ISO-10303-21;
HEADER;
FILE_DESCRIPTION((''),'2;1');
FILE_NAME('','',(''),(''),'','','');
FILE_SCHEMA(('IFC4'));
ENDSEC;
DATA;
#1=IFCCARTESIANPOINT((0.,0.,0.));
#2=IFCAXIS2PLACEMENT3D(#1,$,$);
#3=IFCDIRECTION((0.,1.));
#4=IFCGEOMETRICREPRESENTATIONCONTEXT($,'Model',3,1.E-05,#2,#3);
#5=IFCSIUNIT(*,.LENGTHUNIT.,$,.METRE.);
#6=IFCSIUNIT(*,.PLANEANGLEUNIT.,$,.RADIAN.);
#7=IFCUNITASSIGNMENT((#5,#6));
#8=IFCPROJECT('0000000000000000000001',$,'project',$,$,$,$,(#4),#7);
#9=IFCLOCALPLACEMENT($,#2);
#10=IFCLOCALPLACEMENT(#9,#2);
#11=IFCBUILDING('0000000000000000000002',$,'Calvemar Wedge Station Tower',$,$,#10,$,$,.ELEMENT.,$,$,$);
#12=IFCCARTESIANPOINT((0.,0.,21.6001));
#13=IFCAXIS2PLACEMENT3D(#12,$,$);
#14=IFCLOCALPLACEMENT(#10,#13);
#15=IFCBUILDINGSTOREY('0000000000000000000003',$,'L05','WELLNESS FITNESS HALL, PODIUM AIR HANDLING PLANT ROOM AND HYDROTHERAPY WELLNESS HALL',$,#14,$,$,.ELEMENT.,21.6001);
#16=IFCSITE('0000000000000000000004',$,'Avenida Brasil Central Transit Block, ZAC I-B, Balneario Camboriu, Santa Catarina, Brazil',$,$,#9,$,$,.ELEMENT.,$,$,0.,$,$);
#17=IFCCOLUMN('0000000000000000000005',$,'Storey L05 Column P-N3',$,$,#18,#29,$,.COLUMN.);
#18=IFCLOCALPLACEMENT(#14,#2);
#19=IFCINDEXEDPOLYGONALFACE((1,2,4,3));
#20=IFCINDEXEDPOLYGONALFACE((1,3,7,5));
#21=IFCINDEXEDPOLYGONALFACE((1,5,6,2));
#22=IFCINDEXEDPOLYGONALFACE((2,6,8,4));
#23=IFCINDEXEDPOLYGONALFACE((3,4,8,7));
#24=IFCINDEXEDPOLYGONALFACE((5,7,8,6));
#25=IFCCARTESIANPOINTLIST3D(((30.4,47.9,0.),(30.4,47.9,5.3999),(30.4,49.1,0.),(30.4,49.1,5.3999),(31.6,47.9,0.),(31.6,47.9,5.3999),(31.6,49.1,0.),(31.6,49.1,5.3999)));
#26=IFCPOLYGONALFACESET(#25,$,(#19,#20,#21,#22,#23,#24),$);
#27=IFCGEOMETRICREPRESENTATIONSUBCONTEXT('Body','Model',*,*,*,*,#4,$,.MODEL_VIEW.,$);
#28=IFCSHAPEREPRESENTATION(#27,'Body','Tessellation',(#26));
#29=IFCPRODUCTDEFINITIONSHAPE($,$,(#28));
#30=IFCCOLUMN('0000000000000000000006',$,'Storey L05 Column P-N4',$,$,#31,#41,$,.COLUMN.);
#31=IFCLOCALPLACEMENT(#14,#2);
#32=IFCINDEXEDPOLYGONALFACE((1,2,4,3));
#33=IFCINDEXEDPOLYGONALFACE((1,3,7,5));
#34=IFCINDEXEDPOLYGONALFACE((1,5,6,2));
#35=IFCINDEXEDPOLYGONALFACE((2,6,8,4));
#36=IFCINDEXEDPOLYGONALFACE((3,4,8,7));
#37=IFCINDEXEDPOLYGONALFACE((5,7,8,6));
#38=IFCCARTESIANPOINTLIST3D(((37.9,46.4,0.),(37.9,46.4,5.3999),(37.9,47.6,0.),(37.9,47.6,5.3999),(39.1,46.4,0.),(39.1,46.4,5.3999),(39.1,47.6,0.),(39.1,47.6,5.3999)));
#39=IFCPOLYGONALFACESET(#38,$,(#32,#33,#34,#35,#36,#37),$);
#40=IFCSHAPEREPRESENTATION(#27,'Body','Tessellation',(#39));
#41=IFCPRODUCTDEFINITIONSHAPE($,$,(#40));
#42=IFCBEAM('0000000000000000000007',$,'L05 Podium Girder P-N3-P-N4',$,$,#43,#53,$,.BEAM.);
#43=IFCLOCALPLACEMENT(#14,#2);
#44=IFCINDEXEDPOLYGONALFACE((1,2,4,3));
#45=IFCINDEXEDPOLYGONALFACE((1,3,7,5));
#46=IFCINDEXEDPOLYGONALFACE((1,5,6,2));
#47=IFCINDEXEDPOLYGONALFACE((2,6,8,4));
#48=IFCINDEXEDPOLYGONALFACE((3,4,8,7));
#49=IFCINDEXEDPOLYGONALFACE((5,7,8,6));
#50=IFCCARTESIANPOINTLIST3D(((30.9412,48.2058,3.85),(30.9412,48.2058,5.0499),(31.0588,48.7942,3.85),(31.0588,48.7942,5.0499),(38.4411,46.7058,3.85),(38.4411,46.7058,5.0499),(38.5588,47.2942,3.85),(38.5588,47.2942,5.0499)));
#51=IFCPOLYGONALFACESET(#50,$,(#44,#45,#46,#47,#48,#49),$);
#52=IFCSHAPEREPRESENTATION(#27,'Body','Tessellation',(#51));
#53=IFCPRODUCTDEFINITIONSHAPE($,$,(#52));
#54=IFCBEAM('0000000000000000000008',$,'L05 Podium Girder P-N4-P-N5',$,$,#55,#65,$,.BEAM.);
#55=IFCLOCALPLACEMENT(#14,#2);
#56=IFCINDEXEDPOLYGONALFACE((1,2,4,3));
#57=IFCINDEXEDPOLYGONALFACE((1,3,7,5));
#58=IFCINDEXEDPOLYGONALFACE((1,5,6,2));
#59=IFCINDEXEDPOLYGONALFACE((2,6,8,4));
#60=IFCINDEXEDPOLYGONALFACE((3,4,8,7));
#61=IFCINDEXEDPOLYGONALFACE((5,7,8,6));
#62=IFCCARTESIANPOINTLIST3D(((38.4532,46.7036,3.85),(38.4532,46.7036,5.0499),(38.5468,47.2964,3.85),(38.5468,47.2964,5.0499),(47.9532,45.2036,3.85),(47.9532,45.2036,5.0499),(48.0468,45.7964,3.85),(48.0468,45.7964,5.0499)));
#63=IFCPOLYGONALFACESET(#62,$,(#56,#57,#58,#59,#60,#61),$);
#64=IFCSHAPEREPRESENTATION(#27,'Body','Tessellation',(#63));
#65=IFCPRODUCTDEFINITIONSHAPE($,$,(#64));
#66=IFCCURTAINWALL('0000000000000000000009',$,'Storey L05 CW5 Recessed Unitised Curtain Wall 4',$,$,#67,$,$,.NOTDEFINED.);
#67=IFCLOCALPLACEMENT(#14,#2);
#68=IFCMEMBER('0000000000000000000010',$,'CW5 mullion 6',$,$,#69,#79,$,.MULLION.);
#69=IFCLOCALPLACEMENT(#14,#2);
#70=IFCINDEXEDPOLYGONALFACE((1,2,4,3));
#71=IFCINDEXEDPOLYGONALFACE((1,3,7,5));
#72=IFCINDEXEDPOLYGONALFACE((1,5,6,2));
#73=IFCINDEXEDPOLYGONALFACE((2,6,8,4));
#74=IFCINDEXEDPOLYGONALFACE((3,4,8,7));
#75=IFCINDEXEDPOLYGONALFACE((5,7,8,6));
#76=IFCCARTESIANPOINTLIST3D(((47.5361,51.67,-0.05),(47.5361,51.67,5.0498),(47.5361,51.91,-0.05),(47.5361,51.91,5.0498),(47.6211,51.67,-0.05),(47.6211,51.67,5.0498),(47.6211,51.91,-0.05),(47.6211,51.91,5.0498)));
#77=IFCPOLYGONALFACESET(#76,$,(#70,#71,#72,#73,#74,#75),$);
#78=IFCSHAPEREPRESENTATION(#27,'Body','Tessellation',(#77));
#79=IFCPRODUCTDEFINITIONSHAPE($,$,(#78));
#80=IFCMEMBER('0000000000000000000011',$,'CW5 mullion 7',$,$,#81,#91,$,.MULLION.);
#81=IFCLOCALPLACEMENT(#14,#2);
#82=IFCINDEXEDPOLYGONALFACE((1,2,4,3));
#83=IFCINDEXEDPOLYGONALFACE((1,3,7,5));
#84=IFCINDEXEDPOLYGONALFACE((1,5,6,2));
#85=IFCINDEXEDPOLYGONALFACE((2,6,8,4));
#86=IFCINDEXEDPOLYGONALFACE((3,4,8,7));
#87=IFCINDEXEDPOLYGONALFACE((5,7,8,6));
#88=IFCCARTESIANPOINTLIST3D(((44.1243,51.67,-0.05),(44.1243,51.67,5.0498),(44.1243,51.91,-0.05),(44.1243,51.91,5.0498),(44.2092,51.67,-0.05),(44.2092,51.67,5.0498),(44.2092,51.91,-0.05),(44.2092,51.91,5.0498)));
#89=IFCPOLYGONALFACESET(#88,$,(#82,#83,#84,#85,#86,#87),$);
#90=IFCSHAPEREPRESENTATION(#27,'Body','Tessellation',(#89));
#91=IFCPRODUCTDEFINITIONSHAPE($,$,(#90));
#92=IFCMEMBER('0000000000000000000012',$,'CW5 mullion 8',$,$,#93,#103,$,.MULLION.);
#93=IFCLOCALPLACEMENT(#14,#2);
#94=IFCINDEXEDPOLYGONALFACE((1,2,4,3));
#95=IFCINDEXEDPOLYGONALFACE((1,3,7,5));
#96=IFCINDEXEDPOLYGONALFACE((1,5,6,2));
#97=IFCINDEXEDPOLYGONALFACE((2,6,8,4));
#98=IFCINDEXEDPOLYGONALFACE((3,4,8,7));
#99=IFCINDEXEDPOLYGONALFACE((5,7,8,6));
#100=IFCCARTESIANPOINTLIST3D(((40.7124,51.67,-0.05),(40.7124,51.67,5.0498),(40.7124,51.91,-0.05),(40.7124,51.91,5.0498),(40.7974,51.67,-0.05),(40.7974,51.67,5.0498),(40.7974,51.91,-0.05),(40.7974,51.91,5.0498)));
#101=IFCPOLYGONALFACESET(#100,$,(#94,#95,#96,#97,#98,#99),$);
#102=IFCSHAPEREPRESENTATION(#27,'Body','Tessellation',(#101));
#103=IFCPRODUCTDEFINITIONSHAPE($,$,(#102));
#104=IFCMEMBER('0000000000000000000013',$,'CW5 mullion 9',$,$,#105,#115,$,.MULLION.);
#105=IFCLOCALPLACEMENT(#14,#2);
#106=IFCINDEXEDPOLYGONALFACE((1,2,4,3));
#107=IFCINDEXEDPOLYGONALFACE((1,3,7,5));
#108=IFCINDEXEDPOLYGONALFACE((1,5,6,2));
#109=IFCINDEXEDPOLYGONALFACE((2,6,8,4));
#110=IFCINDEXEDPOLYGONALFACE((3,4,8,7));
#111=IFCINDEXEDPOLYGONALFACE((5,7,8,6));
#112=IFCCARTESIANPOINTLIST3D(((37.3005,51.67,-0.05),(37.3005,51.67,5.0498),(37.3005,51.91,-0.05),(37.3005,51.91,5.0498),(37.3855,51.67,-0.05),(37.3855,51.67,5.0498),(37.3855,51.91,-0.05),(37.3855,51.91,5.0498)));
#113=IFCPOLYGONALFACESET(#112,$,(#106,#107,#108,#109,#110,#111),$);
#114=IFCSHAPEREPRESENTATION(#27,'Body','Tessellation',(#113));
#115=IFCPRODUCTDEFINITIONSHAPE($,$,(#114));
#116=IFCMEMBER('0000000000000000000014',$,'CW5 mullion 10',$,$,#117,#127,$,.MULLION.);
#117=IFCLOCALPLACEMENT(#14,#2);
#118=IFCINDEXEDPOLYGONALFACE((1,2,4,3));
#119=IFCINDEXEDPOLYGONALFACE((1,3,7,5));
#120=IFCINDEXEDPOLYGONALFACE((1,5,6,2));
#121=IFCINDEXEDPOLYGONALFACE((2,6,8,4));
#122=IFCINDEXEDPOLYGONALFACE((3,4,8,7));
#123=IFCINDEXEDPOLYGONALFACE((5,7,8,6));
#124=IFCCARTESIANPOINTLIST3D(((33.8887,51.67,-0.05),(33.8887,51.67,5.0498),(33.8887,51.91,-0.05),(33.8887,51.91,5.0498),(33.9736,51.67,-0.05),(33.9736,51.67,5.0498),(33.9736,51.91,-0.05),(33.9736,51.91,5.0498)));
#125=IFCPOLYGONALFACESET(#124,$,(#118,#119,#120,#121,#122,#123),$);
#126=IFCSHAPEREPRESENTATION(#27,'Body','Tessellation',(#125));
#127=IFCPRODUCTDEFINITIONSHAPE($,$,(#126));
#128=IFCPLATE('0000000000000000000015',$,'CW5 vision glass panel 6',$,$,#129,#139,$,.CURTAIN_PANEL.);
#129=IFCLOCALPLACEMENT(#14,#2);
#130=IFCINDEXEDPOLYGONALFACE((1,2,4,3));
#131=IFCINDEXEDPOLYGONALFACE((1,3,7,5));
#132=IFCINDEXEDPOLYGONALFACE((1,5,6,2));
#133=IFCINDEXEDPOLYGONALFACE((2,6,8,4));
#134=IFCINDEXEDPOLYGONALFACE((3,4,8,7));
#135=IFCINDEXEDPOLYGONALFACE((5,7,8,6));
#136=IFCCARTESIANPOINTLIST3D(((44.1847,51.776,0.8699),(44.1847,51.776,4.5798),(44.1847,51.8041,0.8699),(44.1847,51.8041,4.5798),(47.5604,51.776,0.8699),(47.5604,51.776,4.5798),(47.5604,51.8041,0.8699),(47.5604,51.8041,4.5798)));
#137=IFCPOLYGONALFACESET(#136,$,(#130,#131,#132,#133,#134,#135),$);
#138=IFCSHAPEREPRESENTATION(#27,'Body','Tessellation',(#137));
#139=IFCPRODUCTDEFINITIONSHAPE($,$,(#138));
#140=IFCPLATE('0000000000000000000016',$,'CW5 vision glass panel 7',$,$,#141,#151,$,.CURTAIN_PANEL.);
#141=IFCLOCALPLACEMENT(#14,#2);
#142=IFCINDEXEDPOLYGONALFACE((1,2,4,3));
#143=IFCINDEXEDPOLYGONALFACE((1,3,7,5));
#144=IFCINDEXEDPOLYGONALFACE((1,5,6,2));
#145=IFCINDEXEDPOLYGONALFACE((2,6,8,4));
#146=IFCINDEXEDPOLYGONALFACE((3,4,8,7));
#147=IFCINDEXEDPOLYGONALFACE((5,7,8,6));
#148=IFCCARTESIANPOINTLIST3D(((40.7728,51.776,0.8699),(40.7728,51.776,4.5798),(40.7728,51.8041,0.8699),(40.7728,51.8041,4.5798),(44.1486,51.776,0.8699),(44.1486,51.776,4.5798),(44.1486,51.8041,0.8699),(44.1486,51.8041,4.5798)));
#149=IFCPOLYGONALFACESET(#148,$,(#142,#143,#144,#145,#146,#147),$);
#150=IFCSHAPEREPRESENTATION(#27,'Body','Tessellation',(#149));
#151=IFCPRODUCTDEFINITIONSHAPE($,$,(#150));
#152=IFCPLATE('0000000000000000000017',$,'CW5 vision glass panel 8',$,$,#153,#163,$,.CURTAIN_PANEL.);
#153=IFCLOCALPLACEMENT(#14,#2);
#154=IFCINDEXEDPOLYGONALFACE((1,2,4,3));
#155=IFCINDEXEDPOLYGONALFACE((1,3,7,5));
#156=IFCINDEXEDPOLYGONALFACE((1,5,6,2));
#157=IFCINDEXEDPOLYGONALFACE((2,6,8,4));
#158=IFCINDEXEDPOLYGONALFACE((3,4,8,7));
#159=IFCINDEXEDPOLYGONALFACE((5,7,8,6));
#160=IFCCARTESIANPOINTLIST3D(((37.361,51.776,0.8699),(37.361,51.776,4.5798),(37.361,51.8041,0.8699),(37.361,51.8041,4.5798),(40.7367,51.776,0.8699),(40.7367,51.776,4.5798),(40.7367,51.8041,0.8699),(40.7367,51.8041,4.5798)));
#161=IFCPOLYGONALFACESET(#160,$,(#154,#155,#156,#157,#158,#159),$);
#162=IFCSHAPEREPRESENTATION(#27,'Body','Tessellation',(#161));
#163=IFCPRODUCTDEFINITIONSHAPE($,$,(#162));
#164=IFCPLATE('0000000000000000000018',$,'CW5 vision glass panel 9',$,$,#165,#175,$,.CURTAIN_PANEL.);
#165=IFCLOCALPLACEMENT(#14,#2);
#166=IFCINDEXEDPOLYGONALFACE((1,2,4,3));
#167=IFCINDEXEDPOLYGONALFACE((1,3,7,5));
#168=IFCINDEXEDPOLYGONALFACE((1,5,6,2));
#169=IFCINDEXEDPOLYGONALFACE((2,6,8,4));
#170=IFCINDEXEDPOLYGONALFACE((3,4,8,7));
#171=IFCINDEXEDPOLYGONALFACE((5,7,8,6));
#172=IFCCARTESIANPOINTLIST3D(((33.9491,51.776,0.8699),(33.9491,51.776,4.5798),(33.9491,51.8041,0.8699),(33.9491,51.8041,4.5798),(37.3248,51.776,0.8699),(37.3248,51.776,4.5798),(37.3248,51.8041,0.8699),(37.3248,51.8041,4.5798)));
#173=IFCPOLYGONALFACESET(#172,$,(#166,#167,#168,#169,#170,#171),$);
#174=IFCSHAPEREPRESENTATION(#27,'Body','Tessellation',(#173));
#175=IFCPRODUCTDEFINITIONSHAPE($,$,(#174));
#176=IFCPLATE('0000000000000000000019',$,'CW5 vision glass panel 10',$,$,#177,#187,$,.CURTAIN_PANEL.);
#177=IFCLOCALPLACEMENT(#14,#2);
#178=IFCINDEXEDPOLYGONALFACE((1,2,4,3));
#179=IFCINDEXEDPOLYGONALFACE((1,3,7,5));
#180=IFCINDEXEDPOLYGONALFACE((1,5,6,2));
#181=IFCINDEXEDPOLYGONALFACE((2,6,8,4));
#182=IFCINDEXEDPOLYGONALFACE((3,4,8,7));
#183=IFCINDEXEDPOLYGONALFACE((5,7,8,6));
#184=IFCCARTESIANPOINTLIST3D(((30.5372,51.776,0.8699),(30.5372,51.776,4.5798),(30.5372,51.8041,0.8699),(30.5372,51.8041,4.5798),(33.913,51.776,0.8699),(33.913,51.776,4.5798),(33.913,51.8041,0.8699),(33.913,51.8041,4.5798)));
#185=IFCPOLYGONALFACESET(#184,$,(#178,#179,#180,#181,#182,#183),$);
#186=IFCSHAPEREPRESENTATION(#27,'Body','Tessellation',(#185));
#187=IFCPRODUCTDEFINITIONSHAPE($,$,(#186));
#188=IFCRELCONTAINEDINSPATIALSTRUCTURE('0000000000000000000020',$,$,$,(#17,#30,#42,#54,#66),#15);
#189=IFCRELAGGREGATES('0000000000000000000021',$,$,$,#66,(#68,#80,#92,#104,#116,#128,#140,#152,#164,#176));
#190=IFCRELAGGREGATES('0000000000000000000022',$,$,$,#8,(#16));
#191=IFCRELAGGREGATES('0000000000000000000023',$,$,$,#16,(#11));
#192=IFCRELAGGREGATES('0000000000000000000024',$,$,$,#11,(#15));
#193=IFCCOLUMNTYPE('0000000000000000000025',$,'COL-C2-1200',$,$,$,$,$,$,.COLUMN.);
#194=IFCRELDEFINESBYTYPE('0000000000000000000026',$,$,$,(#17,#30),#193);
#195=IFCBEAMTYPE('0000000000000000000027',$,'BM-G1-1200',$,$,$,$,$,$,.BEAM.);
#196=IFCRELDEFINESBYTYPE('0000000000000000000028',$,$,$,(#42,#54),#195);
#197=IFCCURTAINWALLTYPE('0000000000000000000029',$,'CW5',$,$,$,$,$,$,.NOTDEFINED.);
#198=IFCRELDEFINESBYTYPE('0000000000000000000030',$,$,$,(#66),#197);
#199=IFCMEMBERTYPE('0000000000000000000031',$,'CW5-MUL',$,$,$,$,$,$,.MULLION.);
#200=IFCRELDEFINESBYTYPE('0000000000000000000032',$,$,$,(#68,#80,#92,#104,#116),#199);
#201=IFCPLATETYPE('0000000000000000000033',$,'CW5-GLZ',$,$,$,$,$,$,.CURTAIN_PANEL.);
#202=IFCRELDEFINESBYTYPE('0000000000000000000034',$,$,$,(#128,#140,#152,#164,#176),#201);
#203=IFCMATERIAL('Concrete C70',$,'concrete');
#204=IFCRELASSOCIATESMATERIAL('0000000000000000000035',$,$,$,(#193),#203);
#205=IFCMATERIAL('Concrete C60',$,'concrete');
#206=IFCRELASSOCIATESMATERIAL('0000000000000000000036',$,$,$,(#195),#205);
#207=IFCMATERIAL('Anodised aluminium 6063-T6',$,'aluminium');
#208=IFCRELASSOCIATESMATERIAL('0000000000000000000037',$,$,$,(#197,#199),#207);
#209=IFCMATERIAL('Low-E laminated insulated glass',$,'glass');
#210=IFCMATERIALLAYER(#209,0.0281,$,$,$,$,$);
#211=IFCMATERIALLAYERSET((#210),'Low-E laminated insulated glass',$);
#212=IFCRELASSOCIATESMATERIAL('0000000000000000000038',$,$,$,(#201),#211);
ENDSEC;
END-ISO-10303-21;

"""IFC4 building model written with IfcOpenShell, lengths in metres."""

from ifc_helpers import new_model, si_unit, direction, frame, frame_2d, origin, origin_2d, place, context, subcontext, project, spatial, rectangle, extrude, source, transform, mapped, material, layer, layer_set, material_profile, profile_set, type_object, element, aggregate, save


model = new_model("IFC4")

# Units and contexts
model_context = context("Model", 3, precision=1e-05, world=origin(), true_north=direction((0.0, 1.0)))
body_context = subcontext(model_context, "Body", "Model", "MODEL_VIEW")
ifc_project = project(units=[si_unit("LENGTHUNIT", "METRE"), si_unit("PLANEANGLEUNIT", "RADIAN")], contexts=[model_context])

# Site, building, storey
site_placement = place(None, origin())
site = spatial("IfcSite", under=ifc_project, at=site_placement, Name="Avenida Brasil Central Transit Block, ZAC I-B, Balneario Camboriu, Santa Catarina, Brazil", CompositionType="ELEMENT", RefElevation=0.0)
building_placement = place(site_placement, origin())
building = spatial("IfcBuilding", under=site, at=building_placement, Name="Calvemar Wedge Station Tower", CompositionType="ELEMENT")
storey_placement = place(building_placement, frame((0.0, 0.0, 21.6001)))
storey = spatial("IfcBuildingStorey", under=building, at=storey_placement, Name="L05", Description="WELLNESS FITNESS HALL, PODIUM AIR HANDLING PLANT ROOM AND HYDROTHERAPY WELLNESS HALL", CompositionType="ELEMENT", Elevation=21.6001)

# Columns
ifc_material_1 = material(Name="Concrete C70", Category="concrete")
ifc_material_profile_1 = material_profile(ifc_material_1, rectangle(XDim=1.2, YDim=1.2, at=origin_2d()), Name="RC1200x1200")
ifc_profile_set_1 = profile_set([ifc_material_profile_1], Name="Concrete C70")
column_type = type_object("IfcColumnType", Name="COL-C2-1200", PredefinedType="COLUMN", material=ifc_profile_set_1)
shared_shape_1 = source(origin(), body_context, "Body", "SweptSolid", [
    extrude(rectangle(XDim=1.2, YDim=1.2, at=origin_2d()), origin(), (0.0, 0.0, 1.0), 5.3999),
])
for number, where, z_axis, x_axis, name in (
    (1, (31.0, 48.5, 0.0), (0.0, 0.0, 1.0), (1.0, 0.0, 0.0), "Storey L05 Column P-N3"),
    (2, (38.5, 47.0, 0.0), (0.0, 0.0, 1.0), (1.0, 0.0, 0.0), "Storey L05 Column P-N4"),
):
    element("IfcColumn", number, at=place(storey_placement, frame(where, z_axis=z_axis, x_axis=x_axis)), inside=storey, type_object=column_type, Name=name, PredefinedType="COLUMN", context=body_context, shape_type="MappedRepresentation", body=[
        mapped(shared_shape_1, transform((0.0, 0.0, 0.0), scale=1.0)),
    ])

# Beams
ifc_material_2 = material(Name="Concrete C60", Category="concrete")
ifc_material_profile_2 = material_profile(ifc_material_2, rectangle(XDim=0.6001, YDim=1.2, at=origin_2d()), Name="RC600x1200")
ifc_profile_set_2 = profile_set([ifc_material_profile_2], Name="Concrete C60")
beam_type = type_object("IfcBeamType", Name="BM-G1-1200", PredefinedType="BEAM", material=ifc_profile_set_2)
shared_shape_2 = source(origin(), body_context, "Body", "SweptSolid", [
    extrude(rectangle(XDim=0.6001, YDim=1.2, at=origin_2d()), origin(), (0.0, 0.0, 1.0), 7.6484),
])
beam_1_placement = place(storey_placement, frame((31.0, 48.5, 4.45), z_axis=(0.980581, -0.196116, 0.0), x_axis=(0.196116, 0.980581, 0.0)))
element("IfcBeam", 3, at=beam_1_placement, inside=storey, type_object=beam_type, Name="L05 Podium Girder P-N3-P-N4", PredefinedType="BEAM", context=body_context, shape_type="MappedRepresentation", body=[
    mapped(shared_shape_2, transform((0.0, 0.0, 0.0), scale=1.0)),
])
shared_shape_3 = source(origin(), body_context, "Body", "SweptSolid", [
    extrude(rectangle(XDim=0.6001, YDim=1.2, at=origin_2d()), origin(), (0.0, 0.0, 1.0), 9.6177),
])
beam_2_placement = place(storey_placement, frame((38.5, 47.0, 4.45), z_axis=(0.987763, -0.155963, 0.0), x_axis=(0.155963, 0.987763, 0.0)))
element("IfcBeam", 4, at=beam_2_placement, inside=storey, type_object=beam_type, Name="L05 Podium Girder P-N4-P-N5", PredefinedType="BEAM", context=body_context, shape_type="MappedRepresentation", body=[
    mapped(shared_shape_3, transform((0.0, 0.0, 0.0), scale=1.0)),
])

# Curtain wall, members, plates
ifc_material_3 = material(Name="Anodised aluminium 6063-T6", Category="aluminium")
curtain_wall_type = type_object("IfcCurtainWallType", Name="CW5", PredefinedType="NOTDEFINED", material=ifc_material_3)
curtain_wall_placement = place(storey_placement, origin())
curtain_wall = element("IfcCurtainWall", 5, at=curtain_wall_placement, inside=storey, type_object=curtain_wall_type, Name="Storey L05 CW5 Recessed Unitised Curtain Wall 4", PredefinedType="NOTDEFINED")
ifc_material_profile_3 = material_profile(ifc_material_3, rectangle(XDim=0.085, YDim=0.24, at=origin_2d()), Name="AL-MUL-85x240")
ifc_profile_set_3 = profile_set([ifc_material_profile_3], Name="Anodised aluminium 6063-T6")
member_type = type_object("IfcMemberType", Name="CW5-MUL", PredefinedType="MULLION", material=ifc_profile_set_3)
shared_shape_4 = source(origin(), body_context, "Body", "SweptSolid", [
    extrude(rectangle(XDim=0.085, YDim=0.24, at=origin_2d()), origin(), (0.0, 0.0, 1.0), 5.0999),
])
member_1_placement = place(storey_placement, frame((47.5786, 51.79, -0.05), z_axis=(0.0, 0.0, 1.0), x_axis=(1.0, 0.0, 0.0)))
member_1 = element("IfcMember", 6, at=member_1_placement, type_object=member_type, Name="CW5 mullion 6", PredefinedType="MULLION", context=body_context, shape_type="MappedRepresentation", body=[
    mapped(shared_shape_4, transform((0.0, 0.0, 0.0), scale=1.0)),
])
member_2_placement = place(storey_placement, frame((44.1667, 51.79, -0.05), z_axis=(0.0, 0.0, 1.0), x_axis=(1.0, 0.0, 0.0)))
member_2 = element("IfcMember", 7, at=member_2_placement, type_object=member_type, Name="CW5 mullion 7", PredefinedType="MULLION", context=body_context, shape_type="MappedRepresentation", body=[
    mapped(shared_shape_4, transform((0.0, 0.0, 0.0), scale=1.0)),
])
member_3_placement = place(storey_placement, frame((40.7549, 51.79, -0.05), z_axis=(0.0, 0.0, 1.0), x_axis=(1.0, 0.0, 0.0)))
member_3 = element("IfcMember", 8, at=member_3_placement, type_object=member_type, Name="CW5 mullion 8", PredefinedType="MULLION", context=body_context, shape_type="MappedRepresentation", body=[
    mapped(shared_shape_4, transform((0.0, 0.0, 0.0), scale=1.0)),
])
member_4_placement = place(storey_placement, frame((37.343, 51.79, -0.05), z_axis=(0.0, 0.0, 1.0), x_axis=(1.0, 0.0, 0.0)))
member_4 = element("IfcMember", 9, at=member_4_placement, type_object=member_type, Name="CW5 mullion 9", PredefinedType="MULLION", context=body_context, shape_type="MappedRepresentation", body=[
    mapped(shared_shape_4, transform((0.0, 0.0, 0.0), scale=1.0)),
])
member_5_placement = place(storey_placement, frame((33.9312, 51.79, -0.05), z_axis=(0.0, 0.0, 1.0), x_axis=(1.0, 0.0, 0.0)))
member_5 = element("IfcMember", 10, at=member_5_placement, type_object=member_type, Name="CW5 mullion 10", PredefinedType="MULLION", context=body_context, shape_type="MappedRepresentation", body=[
    mapped(shared_shape_4, transform((0.0, 0.0, 0.0), scale=1.0)),
])
ifc_material_4 = material(Name="Low-E laminated insulated glass", Category="glass")
ifc_layer_1 = layer(ifc_material_4, 0.0281)
ifc_layer_set_1 = layer_set([ifc_layer_1], Name="Low-E laminated insulated glass")
plate_type_1 = type_object("IfcPlateType", Name="CW5-GLZ", PredefinedType="CURTAIN_PANEL", material=ifc_layer_set_1)
plate_1_placement = place(storey_placement, frame((47.5605, 51.79, 0.8699), z_axis=(0.0, 0.0, 1.0), x_axis=(-1.0, 0.0, 0.0)))
plate_1 = element("IfcPlate", 11, at=plate_1_placement, type_object=plate_type_1, Name="CW5 vision glass panel 6", PredefinedType="CURTAIN_PANEL", context=body_context, shape_type="SweptSolid", body=[
    extrude(rectangle(XDim=3.3757, YDim=0.0281, at=frame_2d((1.688, 0.0))), origin(), (0.0, 0.0, 1.0), 3.71),
])
plate_2_placement = place(storey_placement, frame((44.1487, 51.79, 0.8699), z_axis=(0.0, 0.0, 1.0), x_axis=(-1.0, 0.0, 0.0)))
plate_2 = element("IfcPlate", 12, at=plate_2_placement, type_object=plate_type_1, Name="CW5 vision glass panel 7", PredefinedType="CURTAIN_PANEL", context=body_context, shape_type="SweptSolid", body=[
    extrude(rectangle(XDim=3.3757, YDim=0.0281, at=frame_2d((1.688, 0.0))), origin(), (0.0, 0.0, 1.0), 3.71),
])
plate_3_placement = place(storey_placement, frame((40.7368, 51.79, 0.8699), z_axis=(0.0, 0.0, 1.0), x_axis=(-1.0, 0.0, 0.0)))
plate_3 = element("IfcPlate", 13, at=plate_3_placement, type_object=plate_type_1, Name="CW5 vision glass panel 8", PredefinedType="CURTAIN_PANEL", context=body_context, shape_type="SweptSolid", body=[
    extrude(rectangle(XDim=3.3757, YDim=0.0281, at=frame_2d((1.688, 0.0))), origin(), (0.0, 0.0, 1.0), 3.71),
])
plate_4_placement = place(storey_placement, frame((37.325, 51.79, 0.8699), z_axis=(0.0, 0.0, 1.0), x_axis=(-1.0, 0.0, 0.0)))
plate_4 = element("IfcPlate", 14, at=plate_4_placement, type_object=plate_type_1, Name="CW5 vision glass panel 9", PredefinedType="CURTAIN_PANEL", context=body_context, shape_type="SweptSolid", body=[
    extrude(rectangle(XDim=3.3757, YDim=0.0281, at=frame_2d((1.688, 0.0))), origin(), (0.0, 0.0, 1.0), 3.71),
])
plate_5_placement = place(storey_placement, frame((33.9131, 51.79, 0.8699), z_axis=(0.0, 0.0, 1.0), x_axis=(-1.0, 0.0, 0.0)))
plate_5 = element("IfcPlate", 15, at=plate_5_placement, type_object=plate_type_1, Name="CW5 vision glass panel 10", PredefinedType="CURTAIN_PANEL", context=body_context, shape_type="SweptSolid", body=[
    extrude(rectangle(XDim=3.3757, YDim=0.0281, at=frame_2d((1.688, 0.0))), origin(), (0.0, 0.0, 1.0), 3.71),
])
aggregate(curtain_wall, [member_1, member_2, member_3, member_4, member_5, plate_1, plate_2, plate_3, plate_4, plate_5])

save(model, "model.ifc")
